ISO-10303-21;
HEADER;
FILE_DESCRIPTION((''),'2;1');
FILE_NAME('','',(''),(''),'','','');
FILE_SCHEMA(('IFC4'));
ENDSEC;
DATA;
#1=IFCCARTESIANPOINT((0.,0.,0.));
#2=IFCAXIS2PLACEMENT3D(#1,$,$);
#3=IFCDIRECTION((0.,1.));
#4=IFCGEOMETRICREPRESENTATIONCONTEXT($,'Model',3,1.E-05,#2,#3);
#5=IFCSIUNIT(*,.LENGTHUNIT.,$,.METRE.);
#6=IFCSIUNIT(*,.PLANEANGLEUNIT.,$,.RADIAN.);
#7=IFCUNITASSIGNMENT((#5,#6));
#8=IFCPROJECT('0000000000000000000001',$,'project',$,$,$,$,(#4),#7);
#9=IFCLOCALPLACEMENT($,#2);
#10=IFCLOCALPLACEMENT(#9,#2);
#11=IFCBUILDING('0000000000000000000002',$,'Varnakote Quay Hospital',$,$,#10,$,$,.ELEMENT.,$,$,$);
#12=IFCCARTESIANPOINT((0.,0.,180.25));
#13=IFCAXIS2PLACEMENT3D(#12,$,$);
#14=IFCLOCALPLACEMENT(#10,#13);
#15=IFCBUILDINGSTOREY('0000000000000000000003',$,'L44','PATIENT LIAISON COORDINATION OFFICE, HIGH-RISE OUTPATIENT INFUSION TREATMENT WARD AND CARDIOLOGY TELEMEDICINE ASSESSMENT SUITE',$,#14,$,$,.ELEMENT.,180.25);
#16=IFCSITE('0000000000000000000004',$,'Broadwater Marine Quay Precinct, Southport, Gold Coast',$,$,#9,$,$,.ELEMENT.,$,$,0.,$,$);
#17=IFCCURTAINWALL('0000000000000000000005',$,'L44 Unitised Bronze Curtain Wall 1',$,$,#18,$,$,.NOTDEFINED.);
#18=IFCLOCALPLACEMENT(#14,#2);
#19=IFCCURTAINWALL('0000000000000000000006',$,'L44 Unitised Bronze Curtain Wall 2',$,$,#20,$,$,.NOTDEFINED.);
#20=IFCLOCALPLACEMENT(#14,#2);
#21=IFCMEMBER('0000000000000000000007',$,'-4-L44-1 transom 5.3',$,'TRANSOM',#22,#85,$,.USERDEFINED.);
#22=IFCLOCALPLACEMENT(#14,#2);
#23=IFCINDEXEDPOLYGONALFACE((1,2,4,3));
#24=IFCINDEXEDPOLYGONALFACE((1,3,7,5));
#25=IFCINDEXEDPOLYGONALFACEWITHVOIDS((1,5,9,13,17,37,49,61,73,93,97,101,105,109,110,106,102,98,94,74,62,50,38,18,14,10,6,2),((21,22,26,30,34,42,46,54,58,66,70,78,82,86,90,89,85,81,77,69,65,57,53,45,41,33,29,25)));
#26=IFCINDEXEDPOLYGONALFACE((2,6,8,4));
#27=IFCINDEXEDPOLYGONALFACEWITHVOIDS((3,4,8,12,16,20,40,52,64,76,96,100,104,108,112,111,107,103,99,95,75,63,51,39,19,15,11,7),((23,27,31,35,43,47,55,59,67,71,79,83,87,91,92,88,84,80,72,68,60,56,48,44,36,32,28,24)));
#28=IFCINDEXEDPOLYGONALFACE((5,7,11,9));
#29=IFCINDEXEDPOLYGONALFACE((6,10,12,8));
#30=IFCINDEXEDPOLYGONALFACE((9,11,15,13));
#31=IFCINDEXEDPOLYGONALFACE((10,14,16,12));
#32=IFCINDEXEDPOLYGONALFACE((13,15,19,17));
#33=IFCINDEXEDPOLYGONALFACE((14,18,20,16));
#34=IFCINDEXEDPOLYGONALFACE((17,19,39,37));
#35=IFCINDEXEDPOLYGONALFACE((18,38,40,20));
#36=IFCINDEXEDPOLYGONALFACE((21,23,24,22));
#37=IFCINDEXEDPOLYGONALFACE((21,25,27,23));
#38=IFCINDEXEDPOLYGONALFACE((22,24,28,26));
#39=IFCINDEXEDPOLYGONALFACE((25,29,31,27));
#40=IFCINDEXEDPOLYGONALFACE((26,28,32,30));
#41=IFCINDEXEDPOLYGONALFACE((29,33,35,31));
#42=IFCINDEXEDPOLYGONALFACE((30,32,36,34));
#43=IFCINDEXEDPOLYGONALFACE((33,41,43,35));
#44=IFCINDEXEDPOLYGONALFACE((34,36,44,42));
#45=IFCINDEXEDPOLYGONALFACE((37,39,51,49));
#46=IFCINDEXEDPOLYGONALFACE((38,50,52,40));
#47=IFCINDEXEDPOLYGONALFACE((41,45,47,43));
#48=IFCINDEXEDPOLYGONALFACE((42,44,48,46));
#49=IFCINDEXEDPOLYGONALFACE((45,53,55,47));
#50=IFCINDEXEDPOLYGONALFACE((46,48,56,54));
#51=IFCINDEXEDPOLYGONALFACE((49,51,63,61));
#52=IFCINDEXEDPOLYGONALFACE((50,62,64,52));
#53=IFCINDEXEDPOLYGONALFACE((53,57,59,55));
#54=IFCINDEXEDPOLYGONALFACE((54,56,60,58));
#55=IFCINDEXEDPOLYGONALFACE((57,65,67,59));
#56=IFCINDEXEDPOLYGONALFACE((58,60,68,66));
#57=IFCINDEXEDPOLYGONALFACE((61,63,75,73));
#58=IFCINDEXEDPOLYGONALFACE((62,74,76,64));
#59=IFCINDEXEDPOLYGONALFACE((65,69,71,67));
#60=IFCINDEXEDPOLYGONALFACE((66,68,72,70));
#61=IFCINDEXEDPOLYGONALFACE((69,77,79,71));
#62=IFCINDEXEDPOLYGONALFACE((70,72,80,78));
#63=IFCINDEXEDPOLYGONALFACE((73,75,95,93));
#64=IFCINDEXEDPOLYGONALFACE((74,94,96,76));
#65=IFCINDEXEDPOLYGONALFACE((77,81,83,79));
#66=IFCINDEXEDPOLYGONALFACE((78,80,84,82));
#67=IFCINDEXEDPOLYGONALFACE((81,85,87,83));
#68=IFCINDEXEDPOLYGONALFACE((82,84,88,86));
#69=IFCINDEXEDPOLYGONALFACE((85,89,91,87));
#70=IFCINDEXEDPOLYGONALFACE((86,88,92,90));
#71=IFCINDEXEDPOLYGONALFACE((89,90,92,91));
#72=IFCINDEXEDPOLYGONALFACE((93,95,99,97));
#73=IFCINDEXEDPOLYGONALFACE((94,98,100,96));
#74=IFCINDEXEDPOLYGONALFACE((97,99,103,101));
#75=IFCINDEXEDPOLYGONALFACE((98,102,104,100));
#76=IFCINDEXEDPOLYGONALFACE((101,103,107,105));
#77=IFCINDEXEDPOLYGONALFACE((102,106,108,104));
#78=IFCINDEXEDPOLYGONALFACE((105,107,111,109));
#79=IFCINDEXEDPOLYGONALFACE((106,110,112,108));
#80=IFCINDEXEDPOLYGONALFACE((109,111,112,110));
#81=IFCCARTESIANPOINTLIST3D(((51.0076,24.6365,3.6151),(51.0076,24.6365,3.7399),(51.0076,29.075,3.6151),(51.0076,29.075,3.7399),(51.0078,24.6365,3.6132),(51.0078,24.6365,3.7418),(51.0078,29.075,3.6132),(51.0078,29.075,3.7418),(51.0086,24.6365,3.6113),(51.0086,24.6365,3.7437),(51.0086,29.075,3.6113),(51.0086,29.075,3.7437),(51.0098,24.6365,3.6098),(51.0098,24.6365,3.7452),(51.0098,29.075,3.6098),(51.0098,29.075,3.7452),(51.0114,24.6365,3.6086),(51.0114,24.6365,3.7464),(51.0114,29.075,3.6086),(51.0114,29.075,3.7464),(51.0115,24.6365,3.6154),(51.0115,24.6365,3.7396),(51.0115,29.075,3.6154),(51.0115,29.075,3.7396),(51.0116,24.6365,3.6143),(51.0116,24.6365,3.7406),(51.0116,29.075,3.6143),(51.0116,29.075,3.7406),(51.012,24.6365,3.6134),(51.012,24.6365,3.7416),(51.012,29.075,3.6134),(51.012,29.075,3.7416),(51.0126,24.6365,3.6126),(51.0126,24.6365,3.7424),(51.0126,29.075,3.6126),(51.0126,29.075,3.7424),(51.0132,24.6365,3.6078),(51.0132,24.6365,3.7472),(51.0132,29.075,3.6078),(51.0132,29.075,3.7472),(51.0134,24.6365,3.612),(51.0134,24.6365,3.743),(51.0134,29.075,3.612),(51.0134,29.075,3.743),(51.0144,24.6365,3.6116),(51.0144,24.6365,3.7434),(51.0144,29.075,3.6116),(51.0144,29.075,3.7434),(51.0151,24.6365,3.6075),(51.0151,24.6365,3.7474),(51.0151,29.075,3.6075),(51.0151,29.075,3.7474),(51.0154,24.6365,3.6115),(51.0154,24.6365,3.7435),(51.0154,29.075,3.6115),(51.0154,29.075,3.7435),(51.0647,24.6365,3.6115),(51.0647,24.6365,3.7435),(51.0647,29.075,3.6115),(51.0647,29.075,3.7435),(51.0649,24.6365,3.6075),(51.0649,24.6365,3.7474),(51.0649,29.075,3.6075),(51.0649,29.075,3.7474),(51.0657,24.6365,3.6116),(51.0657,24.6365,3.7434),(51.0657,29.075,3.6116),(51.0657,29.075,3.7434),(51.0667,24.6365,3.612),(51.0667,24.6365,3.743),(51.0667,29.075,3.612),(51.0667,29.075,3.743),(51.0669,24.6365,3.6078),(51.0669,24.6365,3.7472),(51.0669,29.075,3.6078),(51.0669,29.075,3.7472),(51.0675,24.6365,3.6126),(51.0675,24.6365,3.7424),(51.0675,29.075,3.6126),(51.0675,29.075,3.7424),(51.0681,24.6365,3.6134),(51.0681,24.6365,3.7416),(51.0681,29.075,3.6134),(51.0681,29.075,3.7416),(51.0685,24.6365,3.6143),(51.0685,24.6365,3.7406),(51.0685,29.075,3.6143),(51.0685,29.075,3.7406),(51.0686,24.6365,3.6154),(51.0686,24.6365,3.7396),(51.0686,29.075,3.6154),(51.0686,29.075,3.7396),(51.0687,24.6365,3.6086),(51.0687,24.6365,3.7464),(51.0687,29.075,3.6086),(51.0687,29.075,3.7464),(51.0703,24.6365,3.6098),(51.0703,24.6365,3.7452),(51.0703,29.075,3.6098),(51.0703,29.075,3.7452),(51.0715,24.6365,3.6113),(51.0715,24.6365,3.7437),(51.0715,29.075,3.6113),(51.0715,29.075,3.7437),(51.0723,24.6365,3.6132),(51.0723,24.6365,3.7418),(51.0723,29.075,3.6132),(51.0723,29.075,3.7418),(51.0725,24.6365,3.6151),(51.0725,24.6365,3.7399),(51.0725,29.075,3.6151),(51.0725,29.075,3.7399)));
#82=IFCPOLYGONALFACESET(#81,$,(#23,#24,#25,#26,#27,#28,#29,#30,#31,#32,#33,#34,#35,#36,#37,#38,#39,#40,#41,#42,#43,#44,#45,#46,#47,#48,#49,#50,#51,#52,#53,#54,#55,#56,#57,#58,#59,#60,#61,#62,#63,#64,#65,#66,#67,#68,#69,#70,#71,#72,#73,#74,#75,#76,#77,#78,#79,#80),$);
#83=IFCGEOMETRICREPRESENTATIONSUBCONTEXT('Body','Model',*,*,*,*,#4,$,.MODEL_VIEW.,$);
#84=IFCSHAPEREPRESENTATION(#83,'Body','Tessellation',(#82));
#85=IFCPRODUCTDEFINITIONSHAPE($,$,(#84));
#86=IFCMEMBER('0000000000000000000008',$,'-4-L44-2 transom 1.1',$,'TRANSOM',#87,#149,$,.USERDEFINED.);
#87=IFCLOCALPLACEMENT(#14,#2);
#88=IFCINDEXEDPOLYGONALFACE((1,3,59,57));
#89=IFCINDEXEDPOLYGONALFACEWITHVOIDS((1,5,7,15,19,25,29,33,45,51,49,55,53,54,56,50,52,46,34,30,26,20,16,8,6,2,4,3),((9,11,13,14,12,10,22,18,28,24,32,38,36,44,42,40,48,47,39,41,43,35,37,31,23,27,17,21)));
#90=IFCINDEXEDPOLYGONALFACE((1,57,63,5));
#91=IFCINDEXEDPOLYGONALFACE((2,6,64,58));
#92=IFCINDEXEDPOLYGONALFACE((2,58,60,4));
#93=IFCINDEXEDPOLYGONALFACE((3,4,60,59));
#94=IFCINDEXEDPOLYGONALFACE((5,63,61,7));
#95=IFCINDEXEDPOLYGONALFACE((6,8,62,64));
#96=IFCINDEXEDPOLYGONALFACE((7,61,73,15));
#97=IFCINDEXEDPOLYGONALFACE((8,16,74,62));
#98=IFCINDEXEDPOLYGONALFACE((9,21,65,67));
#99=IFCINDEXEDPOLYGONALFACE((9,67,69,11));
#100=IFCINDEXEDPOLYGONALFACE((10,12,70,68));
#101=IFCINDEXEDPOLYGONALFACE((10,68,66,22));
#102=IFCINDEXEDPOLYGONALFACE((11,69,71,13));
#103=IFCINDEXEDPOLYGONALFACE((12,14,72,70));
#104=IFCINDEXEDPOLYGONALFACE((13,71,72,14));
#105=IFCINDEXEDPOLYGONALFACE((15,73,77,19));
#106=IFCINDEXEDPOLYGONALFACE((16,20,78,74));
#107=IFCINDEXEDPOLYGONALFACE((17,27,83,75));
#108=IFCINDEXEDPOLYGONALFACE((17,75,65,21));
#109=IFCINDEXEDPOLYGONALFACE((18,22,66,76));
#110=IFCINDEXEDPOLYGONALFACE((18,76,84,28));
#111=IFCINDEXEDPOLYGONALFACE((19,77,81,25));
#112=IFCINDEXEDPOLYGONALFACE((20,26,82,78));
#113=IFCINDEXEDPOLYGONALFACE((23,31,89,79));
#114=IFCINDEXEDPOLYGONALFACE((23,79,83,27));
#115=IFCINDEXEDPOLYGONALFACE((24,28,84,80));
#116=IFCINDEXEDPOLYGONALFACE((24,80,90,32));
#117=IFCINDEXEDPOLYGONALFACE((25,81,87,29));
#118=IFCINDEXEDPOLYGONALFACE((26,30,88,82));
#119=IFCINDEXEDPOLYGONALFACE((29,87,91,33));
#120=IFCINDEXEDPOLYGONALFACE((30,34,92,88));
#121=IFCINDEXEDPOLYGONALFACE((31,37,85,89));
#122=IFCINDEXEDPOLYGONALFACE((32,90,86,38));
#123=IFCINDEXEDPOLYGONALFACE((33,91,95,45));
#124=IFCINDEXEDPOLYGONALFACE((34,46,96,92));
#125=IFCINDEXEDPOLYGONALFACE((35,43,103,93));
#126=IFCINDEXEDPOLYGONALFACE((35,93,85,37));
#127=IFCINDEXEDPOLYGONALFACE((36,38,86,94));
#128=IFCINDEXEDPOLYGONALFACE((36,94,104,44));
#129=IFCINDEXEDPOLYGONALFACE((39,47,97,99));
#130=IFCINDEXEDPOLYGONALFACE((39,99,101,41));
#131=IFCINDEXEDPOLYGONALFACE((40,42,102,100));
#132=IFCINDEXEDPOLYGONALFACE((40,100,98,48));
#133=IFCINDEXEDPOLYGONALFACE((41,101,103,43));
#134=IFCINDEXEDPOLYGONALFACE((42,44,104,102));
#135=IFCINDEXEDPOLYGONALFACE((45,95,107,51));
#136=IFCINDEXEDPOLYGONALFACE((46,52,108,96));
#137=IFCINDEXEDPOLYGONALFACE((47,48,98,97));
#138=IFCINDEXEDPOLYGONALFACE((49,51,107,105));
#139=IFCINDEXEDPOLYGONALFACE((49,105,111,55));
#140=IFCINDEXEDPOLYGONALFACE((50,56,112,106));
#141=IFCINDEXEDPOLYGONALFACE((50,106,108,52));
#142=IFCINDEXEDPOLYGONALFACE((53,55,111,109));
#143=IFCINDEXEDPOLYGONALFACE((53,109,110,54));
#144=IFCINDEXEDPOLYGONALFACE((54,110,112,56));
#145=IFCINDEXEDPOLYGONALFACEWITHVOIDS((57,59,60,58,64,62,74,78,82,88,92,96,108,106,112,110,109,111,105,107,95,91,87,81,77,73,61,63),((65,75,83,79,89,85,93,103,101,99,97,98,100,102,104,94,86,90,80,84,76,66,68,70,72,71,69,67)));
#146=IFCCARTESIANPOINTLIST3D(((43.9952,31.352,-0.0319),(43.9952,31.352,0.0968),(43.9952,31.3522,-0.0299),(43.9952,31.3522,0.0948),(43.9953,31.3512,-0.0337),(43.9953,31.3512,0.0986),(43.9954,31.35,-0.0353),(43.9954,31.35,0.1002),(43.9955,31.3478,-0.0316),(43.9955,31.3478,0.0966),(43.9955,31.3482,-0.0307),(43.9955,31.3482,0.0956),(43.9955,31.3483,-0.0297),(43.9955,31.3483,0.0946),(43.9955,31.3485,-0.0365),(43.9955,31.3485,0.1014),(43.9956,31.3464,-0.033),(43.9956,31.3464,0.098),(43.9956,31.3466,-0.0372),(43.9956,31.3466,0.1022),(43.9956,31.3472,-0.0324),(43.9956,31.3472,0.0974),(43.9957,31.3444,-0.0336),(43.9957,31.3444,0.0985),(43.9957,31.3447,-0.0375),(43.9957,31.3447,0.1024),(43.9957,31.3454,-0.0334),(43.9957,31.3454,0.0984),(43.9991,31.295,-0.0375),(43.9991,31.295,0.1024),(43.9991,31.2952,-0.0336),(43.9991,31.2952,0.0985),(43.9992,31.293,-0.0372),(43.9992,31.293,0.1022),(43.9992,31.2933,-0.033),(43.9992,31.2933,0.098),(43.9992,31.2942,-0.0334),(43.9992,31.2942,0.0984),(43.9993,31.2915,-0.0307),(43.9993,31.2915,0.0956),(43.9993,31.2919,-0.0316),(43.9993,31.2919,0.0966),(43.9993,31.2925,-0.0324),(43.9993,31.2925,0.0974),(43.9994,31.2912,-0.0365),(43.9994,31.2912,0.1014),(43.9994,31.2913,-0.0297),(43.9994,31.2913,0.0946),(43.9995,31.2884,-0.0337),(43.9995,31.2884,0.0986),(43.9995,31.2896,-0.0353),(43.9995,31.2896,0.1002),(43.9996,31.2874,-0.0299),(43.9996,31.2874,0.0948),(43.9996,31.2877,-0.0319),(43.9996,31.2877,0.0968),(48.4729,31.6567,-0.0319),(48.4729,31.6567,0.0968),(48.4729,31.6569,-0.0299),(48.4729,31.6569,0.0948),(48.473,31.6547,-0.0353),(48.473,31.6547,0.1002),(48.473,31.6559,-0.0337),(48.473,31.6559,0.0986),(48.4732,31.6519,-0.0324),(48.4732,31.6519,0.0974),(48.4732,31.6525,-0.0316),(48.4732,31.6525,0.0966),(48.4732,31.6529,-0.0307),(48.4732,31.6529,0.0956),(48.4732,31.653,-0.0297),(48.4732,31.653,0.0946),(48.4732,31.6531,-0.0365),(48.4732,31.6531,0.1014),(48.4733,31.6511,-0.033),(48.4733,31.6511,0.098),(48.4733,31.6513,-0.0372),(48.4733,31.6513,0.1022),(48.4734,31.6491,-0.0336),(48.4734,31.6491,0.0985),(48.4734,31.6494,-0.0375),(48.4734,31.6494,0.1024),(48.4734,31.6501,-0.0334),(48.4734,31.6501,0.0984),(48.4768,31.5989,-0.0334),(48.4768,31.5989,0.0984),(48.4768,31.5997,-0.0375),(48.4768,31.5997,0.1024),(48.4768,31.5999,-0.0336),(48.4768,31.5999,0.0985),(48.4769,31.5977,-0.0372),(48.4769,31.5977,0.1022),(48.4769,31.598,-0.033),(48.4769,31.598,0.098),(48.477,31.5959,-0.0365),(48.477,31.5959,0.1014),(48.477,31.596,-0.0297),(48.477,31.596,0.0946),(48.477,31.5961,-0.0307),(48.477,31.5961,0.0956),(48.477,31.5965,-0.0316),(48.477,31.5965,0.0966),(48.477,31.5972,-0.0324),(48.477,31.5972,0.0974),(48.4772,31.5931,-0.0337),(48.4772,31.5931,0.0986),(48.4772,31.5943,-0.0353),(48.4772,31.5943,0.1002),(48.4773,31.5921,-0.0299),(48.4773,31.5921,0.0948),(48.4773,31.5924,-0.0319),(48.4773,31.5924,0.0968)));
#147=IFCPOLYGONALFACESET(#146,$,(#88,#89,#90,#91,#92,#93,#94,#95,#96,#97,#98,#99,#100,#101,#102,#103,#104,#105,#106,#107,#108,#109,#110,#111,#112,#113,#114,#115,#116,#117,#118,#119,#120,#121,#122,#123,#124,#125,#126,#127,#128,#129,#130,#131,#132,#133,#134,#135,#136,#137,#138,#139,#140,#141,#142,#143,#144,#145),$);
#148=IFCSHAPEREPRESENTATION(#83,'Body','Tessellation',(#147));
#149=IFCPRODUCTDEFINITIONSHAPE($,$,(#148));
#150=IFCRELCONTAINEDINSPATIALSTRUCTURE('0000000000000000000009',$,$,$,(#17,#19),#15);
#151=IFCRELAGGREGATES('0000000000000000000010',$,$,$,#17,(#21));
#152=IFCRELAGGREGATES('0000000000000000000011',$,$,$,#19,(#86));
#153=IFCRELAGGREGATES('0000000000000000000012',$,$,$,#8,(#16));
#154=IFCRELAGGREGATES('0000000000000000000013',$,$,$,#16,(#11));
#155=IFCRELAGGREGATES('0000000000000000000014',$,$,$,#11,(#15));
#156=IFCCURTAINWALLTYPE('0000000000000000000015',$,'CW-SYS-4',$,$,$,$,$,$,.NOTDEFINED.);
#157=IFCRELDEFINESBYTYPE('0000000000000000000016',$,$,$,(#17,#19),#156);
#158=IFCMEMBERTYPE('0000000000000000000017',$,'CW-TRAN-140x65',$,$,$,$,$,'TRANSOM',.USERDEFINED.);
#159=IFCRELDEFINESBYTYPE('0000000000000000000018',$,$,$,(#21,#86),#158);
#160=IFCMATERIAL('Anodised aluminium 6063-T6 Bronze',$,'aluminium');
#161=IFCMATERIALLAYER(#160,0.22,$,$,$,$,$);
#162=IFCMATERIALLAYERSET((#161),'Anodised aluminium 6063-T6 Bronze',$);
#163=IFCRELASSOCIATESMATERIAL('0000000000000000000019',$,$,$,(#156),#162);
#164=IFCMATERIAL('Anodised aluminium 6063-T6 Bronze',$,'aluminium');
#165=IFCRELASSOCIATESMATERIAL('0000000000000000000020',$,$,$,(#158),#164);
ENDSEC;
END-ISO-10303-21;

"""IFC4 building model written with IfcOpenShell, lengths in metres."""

from ifc_helpers import new_model, si_unit, direction, frame, origin, origin_2d, place, context, subcontext, project, spatial, hollow_rectangle, extrude, material, layer, layer_set, material_profile, profile_set, type_object, element, aggregate, save


model = new_model("IFC4")

# Units and contexts
model_context = context("Model", 3, precision=1e-05, world=origin(), true_north=direction((0.0, 1.0)))
body_context = subcontext(model_context, "Body", "Model", "MODEL_VIEW")
ifc_project = project(units=[si_unit("LENGTHUNIT", "METRE"), si_unit("PLANEANGLEUNIT", "RADIAN")], contexts=[model_context])

# Site, building, storey
site_placement = place(None, origin())
site = spatial("IfcSite", under=ifc_project, at=site_placement, Name="Broadwater Marine Quay Precinct, Southport, Gold Coast", CompositionType="ELEMENT", RefElevation=0.0)
building_placement = place(site_placement, origin())
building = spatial("IfcBuilding", under=site, at=building_placement, Name="Varnakote Quay Hospital", CompositionType="ELEMENT")
storey_placement = place(building_placement, frame((0.0, 0.0, 180.25)))
storey = spatial("IfcBuildingStorey", under=building, at=storey_placement, Name="L44", Description="PATIENT LIAISON COORDINATION OFFICE, HIGH-RISE OUTPATIENT INFUSION TREATMENT WARD AND CARDIOLOGY TELEMEDICINE ASSESSMENT SUITE", CompositionType="ELEMENT", Elevation=180.25)

# Curtain walls
ifc_material_1 = material(Name="Anodised aluminium 6063-T6 Bronze", Category="aluminium")
ifc_layer_1 = layer(ifc_material_1, 0.22)
ifc_layer_set_1 = layer_set([ifc_layer_1], Name="Anodised aluminium 6063-T6 Bronze")
curtain_wall_type = type_object("IfcCurtainWallType", Name="CW-SYS-4", PredefinedType="NOTDEFINED", material=ifc_layer_set_1)
curtain_wall_1_placement = place(storey_placement, origin())
curtain_wall_1 = element("IfcCurtainWall", 1, at=curtain_wall_1_placement, inside=storey, type_object=curtain_wall_type, Name="L44 Unitised Bronze Curtain Wall 1", PredefinedType="NOTDEFINED")
curtain_wall_2_placement = place(storey_placement, origin())
curtain_wall_2 = element("IfcCurtainWall", 2, at=curtain_wall_2_placement, inside=storey, type_object=curtain_wall_type, Name="L44 Unitised Bronze Curtain Wall 2", PredefinedType="NOTDEFINED")

# Members
ifc_material_2 = material(Name="Anodised aluminium 6063-T6 Bronze", Category="aluminium")
ifc_material_profile_1 = material_profile(ifc_material_2, hollow_rectangle(XDim=0.0649, YDim=0.1399, WallThickness=0.0039, InnerFilletRadius=0.0039, OuterFilletRadius=0.0076, at=origin_2d()), Name="CW-TRAN-140x65")
ifc_profile_set_1 = profile_set([ifc_material_profile_1], Name="Anodised aluminium 6063-T6 Bronze")
member_type_1 = type_object("IfcMemberType", Name="CW-TRAN-140x65", ElementType="TRANSOM", PredefinedType="USERDEFINED", material=ifc_profile_set_1)
member_1_placement = place(storey_placement, frame((51.04, 24.6365, 3.6775), z_axis=(0.0, 1.0, 0.0), x_axis=(-1.0, 0.0, 0.0)))
member_1 = element("IfcMember", 3, at=member_1_placement, type_object=member_type_1, Name="-4-L44-1 transom 5.3", ObjectType="TRANSOM", PredefinedType="USERDEFINED", context=body_context, shape_type="SweptSolid", body=[
    extrude(hollow_rectangle(XDim=0.0649, YDim=0.1399, WallThickness=0.0039, InnerFilletRadius=0.0039, OuterFilletRadius=0.0076, at=origin_2d()), origin(), (0.0, 0.0, 1.0), 4.4385),
])
member_2_placement = place(storey_placement, frame((48.4751, 31.6245, 0.0325), z_axis=(-0.997693, -0.067887, 0.0), x_axis=(0.067887, -0.997693, 0.0)))
member_2 = element("IfcMember", 4, at=member_2_placement, type_object=member_type_1, Name="-4-L44-2 transom 1.1", ObjectType="TRANSOM", PredefinedType="USERDEFINED", context=body_context, shape_type="SweptSolid", body=[
    extrude(hollow_rectangle(XDim=0.0649, YDim=0.1399, WallThickness=0.0039, InnerFilletRadius=0.0039, OuterFilletRadius=0.0076, at=origin_2d()), origin(), (0.0, 0.0, 1.0), 4.488),
])

aggregate(curtain_wall_1, [member_1])
aggregate(curtain_wall_2, [member_2])

save(model, "model.ifc")
